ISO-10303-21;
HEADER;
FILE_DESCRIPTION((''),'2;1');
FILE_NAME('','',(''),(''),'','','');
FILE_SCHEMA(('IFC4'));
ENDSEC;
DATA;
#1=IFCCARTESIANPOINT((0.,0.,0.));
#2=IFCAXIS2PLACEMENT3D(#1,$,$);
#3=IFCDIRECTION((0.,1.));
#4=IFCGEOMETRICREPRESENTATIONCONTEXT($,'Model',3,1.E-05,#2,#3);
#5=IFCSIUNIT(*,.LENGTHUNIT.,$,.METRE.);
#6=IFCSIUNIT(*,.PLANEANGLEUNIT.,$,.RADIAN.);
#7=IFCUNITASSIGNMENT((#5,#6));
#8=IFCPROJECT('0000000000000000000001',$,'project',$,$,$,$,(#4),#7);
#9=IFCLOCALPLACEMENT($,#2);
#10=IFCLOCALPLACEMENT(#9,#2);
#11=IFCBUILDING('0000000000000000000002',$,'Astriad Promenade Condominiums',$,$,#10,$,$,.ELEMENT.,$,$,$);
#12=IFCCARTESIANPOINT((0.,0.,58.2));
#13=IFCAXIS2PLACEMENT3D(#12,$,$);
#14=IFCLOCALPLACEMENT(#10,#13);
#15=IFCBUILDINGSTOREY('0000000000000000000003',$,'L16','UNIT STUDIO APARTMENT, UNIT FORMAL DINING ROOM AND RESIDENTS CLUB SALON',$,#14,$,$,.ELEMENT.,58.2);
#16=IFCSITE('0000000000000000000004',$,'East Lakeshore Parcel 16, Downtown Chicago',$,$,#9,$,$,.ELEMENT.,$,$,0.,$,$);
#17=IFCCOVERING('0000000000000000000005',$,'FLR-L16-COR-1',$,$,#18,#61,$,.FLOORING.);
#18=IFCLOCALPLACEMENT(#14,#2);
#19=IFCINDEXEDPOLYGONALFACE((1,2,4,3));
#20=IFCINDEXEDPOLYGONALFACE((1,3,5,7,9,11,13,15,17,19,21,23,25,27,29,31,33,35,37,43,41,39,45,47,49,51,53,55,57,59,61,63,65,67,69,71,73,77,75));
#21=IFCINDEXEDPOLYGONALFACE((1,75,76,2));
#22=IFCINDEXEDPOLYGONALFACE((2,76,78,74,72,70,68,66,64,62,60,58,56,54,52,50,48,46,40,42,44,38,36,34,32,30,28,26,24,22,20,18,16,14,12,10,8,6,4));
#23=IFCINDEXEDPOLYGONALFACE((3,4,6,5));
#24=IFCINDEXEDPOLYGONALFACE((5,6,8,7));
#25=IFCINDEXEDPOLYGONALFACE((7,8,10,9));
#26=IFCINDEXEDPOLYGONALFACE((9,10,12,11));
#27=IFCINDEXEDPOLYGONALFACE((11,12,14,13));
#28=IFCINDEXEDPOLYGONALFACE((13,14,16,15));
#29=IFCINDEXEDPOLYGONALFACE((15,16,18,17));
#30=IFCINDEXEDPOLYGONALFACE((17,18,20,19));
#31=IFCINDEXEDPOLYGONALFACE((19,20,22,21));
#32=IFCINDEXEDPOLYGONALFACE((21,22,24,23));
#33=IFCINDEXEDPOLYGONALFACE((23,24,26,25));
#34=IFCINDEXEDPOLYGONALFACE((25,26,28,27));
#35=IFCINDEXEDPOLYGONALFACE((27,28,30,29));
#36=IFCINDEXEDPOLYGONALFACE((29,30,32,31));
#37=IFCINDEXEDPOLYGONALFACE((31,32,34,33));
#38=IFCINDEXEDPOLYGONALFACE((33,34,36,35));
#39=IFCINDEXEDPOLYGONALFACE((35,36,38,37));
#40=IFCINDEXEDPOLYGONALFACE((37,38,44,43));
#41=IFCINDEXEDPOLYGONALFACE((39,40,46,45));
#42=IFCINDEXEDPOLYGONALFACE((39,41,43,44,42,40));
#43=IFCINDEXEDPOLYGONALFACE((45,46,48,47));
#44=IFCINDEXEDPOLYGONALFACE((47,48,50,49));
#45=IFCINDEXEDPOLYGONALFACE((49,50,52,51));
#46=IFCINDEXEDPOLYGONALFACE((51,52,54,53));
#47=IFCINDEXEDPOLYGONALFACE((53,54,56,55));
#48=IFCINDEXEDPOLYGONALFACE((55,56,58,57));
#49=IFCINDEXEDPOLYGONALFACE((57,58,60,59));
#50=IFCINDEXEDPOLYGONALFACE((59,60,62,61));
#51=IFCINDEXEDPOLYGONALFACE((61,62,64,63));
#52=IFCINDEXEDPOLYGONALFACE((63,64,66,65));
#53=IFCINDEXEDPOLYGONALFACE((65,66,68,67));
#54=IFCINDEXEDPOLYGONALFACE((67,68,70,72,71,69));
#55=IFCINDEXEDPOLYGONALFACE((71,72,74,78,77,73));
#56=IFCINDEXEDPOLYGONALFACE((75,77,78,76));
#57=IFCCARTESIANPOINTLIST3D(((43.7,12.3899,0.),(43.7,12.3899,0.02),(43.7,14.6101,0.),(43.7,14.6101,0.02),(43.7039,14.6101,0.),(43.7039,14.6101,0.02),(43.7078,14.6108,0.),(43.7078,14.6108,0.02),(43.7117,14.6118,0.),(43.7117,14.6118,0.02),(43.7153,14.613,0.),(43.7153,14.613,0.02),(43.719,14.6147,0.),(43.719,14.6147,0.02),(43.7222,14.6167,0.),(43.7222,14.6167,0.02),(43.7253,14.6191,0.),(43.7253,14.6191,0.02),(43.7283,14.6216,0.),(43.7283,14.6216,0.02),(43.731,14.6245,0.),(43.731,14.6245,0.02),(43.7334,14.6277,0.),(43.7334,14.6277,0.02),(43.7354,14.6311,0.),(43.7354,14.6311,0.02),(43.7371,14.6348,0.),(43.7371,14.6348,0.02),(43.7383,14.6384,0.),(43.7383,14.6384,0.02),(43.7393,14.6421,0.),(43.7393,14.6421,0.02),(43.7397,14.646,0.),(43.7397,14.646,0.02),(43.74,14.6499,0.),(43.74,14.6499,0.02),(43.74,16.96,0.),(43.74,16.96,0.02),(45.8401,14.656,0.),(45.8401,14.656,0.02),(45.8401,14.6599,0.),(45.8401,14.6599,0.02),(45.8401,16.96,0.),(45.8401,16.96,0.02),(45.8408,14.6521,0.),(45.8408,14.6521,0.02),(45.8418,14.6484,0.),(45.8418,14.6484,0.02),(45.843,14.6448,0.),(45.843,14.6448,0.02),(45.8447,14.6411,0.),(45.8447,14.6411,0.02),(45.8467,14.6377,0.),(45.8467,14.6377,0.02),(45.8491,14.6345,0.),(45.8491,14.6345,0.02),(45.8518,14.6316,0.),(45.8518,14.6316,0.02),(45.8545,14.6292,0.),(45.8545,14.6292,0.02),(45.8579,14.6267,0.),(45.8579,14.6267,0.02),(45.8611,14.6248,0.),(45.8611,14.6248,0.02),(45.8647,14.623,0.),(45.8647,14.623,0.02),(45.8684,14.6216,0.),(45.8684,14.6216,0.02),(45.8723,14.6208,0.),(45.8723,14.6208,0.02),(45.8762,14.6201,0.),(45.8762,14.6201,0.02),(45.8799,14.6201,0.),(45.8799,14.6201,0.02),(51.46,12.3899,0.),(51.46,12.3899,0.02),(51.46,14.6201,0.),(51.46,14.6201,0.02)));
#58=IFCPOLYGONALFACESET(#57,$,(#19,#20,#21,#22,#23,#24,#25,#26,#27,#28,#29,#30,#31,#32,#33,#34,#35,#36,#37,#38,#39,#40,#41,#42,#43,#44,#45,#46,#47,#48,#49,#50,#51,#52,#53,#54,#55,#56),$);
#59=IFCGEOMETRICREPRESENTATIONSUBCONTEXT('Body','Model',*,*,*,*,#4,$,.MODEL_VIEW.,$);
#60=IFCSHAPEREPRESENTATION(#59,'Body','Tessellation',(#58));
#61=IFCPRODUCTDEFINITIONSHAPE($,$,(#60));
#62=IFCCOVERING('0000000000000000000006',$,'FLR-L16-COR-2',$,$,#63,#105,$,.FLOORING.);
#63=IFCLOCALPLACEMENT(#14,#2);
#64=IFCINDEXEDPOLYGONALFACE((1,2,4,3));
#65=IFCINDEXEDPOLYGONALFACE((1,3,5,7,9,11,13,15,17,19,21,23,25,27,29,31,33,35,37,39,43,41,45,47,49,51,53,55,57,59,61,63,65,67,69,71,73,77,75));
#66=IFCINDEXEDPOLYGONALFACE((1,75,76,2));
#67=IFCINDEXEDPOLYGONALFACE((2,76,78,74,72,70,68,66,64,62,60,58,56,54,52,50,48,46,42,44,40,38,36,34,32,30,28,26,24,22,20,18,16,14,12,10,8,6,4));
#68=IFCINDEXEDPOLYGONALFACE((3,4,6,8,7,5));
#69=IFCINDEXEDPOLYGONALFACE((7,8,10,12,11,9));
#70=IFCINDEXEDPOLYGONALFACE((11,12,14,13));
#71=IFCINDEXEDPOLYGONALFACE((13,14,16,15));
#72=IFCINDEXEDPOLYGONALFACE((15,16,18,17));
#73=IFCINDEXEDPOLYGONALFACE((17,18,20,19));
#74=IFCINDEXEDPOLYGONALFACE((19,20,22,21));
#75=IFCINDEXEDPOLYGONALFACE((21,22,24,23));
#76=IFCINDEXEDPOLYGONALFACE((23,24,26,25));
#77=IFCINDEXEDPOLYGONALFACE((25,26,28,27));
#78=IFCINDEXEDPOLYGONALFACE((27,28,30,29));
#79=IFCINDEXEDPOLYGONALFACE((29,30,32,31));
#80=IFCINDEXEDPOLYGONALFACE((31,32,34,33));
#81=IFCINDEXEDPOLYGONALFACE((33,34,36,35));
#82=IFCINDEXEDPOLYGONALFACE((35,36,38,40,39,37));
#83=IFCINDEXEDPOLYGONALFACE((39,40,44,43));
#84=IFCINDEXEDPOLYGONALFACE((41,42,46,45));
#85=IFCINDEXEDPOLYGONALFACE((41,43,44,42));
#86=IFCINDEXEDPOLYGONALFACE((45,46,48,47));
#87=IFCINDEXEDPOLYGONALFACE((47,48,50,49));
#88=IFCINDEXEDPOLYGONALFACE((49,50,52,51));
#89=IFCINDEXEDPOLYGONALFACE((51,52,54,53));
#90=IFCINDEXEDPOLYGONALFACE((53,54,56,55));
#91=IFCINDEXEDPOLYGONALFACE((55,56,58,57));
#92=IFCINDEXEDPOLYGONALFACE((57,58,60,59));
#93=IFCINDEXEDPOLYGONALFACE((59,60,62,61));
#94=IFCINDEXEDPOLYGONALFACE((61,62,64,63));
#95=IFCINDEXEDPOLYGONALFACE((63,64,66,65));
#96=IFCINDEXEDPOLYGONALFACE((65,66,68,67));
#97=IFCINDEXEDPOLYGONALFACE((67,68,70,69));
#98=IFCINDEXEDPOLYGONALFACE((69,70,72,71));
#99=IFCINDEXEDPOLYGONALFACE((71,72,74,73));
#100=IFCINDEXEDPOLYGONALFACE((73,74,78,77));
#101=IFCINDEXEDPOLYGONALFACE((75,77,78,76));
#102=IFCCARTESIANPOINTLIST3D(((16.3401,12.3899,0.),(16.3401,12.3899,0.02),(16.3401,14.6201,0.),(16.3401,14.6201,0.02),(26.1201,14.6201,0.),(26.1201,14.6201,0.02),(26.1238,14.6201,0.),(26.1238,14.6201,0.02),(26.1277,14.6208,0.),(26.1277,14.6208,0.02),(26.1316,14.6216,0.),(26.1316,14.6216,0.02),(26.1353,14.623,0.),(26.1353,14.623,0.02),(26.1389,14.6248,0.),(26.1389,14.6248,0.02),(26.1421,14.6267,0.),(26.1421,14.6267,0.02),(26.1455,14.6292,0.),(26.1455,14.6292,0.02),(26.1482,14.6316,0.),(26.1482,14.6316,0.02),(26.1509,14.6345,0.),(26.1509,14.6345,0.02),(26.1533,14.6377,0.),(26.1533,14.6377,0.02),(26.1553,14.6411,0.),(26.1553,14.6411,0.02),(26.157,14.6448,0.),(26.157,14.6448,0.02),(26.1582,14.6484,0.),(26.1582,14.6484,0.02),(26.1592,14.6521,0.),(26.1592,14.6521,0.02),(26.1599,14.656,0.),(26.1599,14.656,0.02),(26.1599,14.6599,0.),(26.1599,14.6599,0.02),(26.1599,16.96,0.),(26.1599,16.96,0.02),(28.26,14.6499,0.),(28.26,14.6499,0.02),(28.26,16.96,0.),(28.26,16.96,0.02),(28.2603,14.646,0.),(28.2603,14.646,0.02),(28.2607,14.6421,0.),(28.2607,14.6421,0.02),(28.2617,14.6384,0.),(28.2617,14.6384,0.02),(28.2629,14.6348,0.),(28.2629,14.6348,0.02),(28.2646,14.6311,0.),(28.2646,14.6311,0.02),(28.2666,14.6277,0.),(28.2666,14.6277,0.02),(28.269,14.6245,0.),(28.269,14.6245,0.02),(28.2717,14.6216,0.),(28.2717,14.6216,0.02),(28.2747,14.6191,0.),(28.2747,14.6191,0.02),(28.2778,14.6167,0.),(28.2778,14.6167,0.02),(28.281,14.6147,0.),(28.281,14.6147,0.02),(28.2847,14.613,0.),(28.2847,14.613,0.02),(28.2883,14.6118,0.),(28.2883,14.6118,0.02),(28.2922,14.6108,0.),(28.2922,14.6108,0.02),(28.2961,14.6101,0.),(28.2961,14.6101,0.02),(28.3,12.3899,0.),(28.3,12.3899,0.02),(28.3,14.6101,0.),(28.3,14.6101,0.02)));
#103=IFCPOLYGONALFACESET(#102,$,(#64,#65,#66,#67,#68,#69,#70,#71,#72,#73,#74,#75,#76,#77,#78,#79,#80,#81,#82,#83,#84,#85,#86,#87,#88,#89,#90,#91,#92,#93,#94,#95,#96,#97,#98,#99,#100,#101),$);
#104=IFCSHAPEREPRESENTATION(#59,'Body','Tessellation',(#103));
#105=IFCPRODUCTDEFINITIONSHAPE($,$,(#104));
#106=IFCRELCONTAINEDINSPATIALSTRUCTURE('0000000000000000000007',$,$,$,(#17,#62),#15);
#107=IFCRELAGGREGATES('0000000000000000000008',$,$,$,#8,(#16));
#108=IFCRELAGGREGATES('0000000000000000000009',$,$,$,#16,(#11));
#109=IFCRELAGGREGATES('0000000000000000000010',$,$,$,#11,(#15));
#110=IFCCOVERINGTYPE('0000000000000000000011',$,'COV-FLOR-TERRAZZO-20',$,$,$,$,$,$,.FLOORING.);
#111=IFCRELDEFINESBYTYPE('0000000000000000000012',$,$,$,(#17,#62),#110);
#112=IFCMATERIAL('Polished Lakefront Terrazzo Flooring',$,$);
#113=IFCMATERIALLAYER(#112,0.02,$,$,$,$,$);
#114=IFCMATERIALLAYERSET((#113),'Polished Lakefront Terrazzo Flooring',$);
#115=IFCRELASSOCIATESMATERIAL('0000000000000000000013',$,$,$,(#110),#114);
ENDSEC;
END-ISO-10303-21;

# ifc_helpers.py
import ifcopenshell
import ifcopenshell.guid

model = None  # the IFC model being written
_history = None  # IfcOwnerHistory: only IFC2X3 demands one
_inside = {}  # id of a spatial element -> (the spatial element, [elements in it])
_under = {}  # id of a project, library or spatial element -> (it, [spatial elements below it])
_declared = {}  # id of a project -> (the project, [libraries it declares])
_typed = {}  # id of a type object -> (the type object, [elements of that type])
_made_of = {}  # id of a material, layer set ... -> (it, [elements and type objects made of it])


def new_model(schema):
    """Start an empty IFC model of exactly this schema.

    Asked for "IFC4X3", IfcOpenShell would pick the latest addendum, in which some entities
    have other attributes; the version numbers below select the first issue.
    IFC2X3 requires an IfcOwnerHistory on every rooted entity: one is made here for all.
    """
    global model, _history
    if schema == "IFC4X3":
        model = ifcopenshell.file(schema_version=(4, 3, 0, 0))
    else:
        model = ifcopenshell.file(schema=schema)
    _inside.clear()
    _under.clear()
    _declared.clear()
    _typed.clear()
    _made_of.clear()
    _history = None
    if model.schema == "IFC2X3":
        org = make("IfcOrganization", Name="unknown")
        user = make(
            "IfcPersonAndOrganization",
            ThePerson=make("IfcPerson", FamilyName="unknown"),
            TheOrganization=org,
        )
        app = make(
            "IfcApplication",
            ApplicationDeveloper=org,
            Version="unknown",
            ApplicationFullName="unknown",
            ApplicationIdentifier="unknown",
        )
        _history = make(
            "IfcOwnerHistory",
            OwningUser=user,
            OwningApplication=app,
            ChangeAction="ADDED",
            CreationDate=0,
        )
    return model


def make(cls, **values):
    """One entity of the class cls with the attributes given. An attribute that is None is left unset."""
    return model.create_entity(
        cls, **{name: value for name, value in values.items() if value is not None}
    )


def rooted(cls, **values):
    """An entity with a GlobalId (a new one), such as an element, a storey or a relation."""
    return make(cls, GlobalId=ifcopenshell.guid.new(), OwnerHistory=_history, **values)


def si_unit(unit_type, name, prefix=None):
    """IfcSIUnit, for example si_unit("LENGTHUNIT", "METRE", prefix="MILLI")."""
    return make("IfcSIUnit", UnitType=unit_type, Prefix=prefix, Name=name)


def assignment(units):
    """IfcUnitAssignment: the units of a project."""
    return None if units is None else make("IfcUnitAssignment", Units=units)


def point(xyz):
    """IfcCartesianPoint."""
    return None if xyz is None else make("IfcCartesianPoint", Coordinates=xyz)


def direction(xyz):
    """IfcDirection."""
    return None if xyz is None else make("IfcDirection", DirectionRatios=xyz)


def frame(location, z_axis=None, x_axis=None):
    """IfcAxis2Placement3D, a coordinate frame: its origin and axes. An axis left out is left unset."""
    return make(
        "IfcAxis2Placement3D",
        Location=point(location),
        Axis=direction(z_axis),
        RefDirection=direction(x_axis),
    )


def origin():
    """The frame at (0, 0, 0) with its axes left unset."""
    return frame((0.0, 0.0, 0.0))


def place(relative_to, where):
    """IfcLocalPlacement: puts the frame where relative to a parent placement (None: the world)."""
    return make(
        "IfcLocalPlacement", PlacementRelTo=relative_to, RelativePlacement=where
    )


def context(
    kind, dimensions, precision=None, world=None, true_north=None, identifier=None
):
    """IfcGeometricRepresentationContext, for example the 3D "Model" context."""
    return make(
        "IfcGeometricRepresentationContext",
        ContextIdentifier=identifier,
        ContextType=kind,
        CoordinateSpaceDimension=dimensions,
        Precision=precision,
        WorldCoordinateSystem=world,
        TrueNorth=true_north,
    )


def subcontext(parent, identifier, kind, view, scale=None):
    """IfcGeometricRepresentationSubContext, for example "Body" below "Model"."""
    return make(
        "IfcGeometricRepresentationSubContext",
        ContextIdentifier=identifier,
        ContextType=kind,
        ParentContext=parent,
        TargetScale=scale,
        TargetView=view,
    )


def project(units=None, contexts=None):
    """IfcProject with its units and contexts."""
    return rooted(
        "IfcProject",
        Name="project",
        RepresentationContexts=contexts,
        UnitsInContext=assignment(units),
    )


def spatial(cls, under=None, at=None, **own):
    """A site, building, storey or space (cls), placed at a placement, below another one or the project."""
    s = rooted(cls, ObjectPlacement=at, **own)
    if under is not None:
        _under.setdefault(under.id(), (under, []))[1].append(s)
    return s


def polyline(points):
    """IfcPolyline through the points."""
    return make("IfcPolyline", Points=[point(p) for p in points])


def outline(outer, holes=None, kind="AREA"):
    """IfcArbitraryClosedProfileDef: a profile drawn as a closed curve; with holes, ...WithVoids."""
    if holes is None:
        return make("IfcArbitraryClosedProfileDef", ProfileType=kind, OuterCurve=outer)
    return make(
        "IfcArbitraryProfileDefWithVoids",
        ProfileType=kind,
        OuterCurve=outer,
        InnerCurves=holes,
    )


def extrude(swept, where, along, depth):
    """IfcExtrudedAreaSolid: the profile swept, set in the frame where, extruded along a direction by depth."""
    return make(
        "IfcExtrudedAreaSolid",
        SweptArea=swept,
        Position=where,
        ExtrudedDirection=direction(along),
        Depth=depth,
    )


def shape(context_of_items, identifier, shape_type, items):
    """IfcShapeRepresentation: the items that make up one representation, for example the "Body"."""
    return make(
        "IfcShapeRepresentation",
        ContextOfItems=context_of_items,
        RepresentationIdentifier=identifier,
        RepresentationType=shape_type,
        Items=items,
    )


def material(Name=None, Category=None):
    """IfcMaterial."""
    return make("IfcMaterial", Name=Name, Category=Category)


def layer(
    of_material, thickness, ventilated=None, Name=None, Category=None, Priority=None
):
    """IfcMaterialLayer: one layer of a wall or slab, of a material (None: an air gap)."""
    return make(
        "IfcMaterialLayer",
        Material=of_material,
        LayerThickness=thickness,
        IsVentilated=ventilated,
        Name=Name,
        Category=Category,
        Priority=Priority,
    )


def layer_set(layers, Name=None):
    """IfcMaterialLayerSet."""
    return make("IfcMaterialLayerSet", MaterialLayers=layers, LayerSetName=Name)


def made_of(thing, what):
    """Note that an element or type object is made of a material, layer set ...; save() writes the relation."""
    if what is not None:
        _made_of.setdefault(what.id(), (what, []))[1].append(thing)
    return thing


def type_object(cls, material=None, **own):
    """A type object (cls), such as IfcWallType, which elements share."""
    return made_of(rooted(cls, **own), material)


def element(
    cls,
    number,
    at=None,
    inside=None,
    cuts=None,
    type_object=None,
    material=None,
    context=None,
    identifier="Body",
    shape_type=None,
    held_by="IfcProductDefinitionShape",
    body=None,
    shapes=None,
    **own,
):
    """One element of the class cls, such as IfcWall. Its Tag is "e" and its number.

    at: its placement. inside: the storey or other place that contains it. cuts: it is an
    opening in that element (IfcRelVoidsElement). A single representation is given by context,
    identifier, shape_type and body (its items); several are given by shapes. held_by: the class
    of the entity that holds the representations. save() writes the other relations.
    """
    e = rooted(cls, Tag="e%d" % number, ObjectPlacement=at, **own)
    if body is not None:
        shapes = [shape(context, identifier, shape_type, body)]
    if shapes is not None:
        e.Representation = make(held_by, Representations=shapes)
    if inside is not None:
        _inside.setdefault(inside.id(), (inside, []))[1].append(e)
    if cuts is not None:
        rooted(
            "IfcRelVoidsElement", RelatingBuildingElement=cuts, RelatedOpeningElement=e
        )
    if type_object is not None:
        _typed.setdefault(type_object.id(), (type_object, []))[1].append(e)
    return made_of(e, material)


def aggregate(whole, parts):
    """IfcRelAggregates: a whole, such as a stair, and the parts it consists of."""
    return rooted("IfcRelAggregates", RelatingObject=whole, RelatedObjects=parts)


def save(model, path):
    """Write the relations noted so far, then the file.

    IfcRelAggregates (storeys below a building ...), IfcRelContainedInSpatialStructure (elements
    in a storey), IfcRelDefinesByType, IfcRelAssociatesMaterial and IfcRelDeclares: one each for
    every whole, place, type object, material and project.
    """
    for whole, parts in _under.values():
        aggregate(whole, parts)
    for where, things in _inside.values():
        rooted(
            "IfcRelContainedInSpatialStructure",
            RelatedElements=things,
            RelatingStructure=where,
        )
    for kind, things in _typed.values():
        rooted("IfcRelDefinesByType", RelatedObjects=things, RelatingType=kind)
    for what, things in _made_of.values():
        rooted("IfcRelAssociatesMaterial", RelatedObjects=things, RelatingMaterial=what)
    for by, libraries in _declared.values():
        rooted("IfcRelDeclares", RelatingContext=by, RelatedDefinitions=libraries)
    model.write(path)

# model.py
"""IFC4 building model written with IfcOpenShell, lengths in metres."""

from ifc_helpers import new_model, si_unit, direction, frame, origin, place, context, subcontext, project, spatial, polyline, outline, extrude, material, layer, layer_set, type_object, element, save


model = new_model("IFC4")

# Units and contexts
model_context = context("Model", 3, precision=1e-05, world=origin(), true_north=direction((0.0, 1.0)))
body_context = subcontext(model_context, "Body", "Model", "MODEL_VIEW")
ifc_project = project(units=[si_unit("LENGTHUNIT", "METRE"), si_unit("PLANEANGLEUNIT", "RADIAN")], contexts=[model_context])

# Site, building, storey
site_placement = place(None, origin())
site = spatial("IfcSite", under=ifc_project, at=site_placement, Name="East Lakeshore Parcel 16, Downtown Chicago", CompositionType="ELEMENT", RefElevation=0.0)
building_placement = place(site_placement, origin())
building = spatial("IfcBuilding", under=site, at=building_placement, Name="Astriad Promenade Condominiums", CompositionType="ELEMENT")
storey_placement = place(building_placement, frame((0.0, 0.0, 58.2)))
storey = spatial("IfcBuildingStorey", under=building, at=storey_placement, Name="L16", Description="UNIT STUDIO APARTMENT, UNIT FORMAL DINING ROOM AND RESIDENTS CLUB SALON", CompositionType="ELEMENT", Elevation=58.2)

# Coverings
ifc_material_1 = material(Name="Polished Lakefront Terrazzo Flooring")
ifc_layer_1 = layer(ifc_material_1, 0.02)
ifc_layer_set_1 = layer_set([ifc_layer_1], Name="Polished Lakefront Terrazzo Flooring")
covering_type = type_object("IfcCoveringType", Name="COV-FLOR-TERRAZZO-20", PredefinedType="FLOORING", material=ifc_layer_set_1)
covering_1_placement = place(storey_placement, origin())
element("IfcCovering", 1, at=covering_1_placement, inside=storey, type_object=covering_type, Name="FLR-L16-COR-1", PredefinedType="FLOORING", context=body_context, shape_type="SweptSolid", body=[
    extrude(outline(polyline([(43.7, 12.3899), (43.7, 14.6101), (43.7039, 14.6101), (43.7078, 14.6108), (43.7117, 14.6118), (43.7153, 14.613), (43.719, 14.6147), (43.7222, 14.6167), (43.7253, 14.6191), (43.7283, 14.6216), (43.731, 14.6245), (43.7334, 14.6277), (43.7354, 14.6311), (43.7371, 14.6348), (43.7383, 14.6384), (43.7393, 14.6421), (43.7397, 14.646), (43.74, 14.6499), (43.74, 16.96), (45.8401, 16.96), (45.8401, 14.6599), (45.8401, 14.656), (45.8408, 14.6521), (45.8418, 14.6484), (45.843, 14.6448), (45.8447, 14.6411), (45.8467, 14.6377), (45.8491, 14.6345), (45.8518, 14.6316), (45.8545, 14.6292), (45.8579, 14.6267), (45.8611, 14.6248), (45.8647, 14.623), (45.8684, 14.6216), (45.8723, 14.6208), (45.8762, 14.6201), (45.8799, 14.6201), (51.46, 14.6201), (51.46, 12.3899), (43.7, 12.3899)])), origin(), (0.0, 0.0, 1.0), 0.02),
])
covering_2_placement = place(storey_placement, origin())
element("IfcCovering", 2, at=covering_2_placement, inside=storey, type_object=covering_type, Name="FLR-L16-COR-2", PredefinedType="FLOORING", context=body_context, shape_type="SweptSolid", body=[
    extrude(outline(polyline([(28.3, 12.3899), (16.3401, 12.3899), (16.3401, 14.6201), (26.1201, 14.6201), (26.1238, 14.6201), (26.1277, 14.6208), (26.1316, 14.6216), (26.1353, 14.623), (26.1389, 14.6248), (26.1421, 14.6267), (26.1455, 14.6292), (26.1482, 14.6316), (26.1509, 14.6345), (26.1533, 14.6377), (26.1553, 14.6411), (26.157, 14.6448), (26.1582, 14.6484), (26.1592, 14.6521), (26.1599, 14.656), (26.1599, 14.6599), (26.1599, 16.96), (28.26, 16.96), (28.26, 14.6499), (28.2603, 14.646), (28.2607, 14.6421), (28.2617, 14.6384), (28.2629, 14.6348), (28.2646, 14.6311), (28.2666, 14.6277), (28.269, 14.6245), (28.2717, 14.6216), (28.2747, 14.6191), (28.2778, 14.6167), (28.281, 14.6147), (28.2847, 14.613), (28.2883, 14.6118), (28.2922, 14.6108), (28.2961, 14.6101), (28.3, 14.6101), (28.3, 12.3899)])), origin(), (0.0, 0.0, 1.0), 0.02),
])

save(model, "model.ifc")
